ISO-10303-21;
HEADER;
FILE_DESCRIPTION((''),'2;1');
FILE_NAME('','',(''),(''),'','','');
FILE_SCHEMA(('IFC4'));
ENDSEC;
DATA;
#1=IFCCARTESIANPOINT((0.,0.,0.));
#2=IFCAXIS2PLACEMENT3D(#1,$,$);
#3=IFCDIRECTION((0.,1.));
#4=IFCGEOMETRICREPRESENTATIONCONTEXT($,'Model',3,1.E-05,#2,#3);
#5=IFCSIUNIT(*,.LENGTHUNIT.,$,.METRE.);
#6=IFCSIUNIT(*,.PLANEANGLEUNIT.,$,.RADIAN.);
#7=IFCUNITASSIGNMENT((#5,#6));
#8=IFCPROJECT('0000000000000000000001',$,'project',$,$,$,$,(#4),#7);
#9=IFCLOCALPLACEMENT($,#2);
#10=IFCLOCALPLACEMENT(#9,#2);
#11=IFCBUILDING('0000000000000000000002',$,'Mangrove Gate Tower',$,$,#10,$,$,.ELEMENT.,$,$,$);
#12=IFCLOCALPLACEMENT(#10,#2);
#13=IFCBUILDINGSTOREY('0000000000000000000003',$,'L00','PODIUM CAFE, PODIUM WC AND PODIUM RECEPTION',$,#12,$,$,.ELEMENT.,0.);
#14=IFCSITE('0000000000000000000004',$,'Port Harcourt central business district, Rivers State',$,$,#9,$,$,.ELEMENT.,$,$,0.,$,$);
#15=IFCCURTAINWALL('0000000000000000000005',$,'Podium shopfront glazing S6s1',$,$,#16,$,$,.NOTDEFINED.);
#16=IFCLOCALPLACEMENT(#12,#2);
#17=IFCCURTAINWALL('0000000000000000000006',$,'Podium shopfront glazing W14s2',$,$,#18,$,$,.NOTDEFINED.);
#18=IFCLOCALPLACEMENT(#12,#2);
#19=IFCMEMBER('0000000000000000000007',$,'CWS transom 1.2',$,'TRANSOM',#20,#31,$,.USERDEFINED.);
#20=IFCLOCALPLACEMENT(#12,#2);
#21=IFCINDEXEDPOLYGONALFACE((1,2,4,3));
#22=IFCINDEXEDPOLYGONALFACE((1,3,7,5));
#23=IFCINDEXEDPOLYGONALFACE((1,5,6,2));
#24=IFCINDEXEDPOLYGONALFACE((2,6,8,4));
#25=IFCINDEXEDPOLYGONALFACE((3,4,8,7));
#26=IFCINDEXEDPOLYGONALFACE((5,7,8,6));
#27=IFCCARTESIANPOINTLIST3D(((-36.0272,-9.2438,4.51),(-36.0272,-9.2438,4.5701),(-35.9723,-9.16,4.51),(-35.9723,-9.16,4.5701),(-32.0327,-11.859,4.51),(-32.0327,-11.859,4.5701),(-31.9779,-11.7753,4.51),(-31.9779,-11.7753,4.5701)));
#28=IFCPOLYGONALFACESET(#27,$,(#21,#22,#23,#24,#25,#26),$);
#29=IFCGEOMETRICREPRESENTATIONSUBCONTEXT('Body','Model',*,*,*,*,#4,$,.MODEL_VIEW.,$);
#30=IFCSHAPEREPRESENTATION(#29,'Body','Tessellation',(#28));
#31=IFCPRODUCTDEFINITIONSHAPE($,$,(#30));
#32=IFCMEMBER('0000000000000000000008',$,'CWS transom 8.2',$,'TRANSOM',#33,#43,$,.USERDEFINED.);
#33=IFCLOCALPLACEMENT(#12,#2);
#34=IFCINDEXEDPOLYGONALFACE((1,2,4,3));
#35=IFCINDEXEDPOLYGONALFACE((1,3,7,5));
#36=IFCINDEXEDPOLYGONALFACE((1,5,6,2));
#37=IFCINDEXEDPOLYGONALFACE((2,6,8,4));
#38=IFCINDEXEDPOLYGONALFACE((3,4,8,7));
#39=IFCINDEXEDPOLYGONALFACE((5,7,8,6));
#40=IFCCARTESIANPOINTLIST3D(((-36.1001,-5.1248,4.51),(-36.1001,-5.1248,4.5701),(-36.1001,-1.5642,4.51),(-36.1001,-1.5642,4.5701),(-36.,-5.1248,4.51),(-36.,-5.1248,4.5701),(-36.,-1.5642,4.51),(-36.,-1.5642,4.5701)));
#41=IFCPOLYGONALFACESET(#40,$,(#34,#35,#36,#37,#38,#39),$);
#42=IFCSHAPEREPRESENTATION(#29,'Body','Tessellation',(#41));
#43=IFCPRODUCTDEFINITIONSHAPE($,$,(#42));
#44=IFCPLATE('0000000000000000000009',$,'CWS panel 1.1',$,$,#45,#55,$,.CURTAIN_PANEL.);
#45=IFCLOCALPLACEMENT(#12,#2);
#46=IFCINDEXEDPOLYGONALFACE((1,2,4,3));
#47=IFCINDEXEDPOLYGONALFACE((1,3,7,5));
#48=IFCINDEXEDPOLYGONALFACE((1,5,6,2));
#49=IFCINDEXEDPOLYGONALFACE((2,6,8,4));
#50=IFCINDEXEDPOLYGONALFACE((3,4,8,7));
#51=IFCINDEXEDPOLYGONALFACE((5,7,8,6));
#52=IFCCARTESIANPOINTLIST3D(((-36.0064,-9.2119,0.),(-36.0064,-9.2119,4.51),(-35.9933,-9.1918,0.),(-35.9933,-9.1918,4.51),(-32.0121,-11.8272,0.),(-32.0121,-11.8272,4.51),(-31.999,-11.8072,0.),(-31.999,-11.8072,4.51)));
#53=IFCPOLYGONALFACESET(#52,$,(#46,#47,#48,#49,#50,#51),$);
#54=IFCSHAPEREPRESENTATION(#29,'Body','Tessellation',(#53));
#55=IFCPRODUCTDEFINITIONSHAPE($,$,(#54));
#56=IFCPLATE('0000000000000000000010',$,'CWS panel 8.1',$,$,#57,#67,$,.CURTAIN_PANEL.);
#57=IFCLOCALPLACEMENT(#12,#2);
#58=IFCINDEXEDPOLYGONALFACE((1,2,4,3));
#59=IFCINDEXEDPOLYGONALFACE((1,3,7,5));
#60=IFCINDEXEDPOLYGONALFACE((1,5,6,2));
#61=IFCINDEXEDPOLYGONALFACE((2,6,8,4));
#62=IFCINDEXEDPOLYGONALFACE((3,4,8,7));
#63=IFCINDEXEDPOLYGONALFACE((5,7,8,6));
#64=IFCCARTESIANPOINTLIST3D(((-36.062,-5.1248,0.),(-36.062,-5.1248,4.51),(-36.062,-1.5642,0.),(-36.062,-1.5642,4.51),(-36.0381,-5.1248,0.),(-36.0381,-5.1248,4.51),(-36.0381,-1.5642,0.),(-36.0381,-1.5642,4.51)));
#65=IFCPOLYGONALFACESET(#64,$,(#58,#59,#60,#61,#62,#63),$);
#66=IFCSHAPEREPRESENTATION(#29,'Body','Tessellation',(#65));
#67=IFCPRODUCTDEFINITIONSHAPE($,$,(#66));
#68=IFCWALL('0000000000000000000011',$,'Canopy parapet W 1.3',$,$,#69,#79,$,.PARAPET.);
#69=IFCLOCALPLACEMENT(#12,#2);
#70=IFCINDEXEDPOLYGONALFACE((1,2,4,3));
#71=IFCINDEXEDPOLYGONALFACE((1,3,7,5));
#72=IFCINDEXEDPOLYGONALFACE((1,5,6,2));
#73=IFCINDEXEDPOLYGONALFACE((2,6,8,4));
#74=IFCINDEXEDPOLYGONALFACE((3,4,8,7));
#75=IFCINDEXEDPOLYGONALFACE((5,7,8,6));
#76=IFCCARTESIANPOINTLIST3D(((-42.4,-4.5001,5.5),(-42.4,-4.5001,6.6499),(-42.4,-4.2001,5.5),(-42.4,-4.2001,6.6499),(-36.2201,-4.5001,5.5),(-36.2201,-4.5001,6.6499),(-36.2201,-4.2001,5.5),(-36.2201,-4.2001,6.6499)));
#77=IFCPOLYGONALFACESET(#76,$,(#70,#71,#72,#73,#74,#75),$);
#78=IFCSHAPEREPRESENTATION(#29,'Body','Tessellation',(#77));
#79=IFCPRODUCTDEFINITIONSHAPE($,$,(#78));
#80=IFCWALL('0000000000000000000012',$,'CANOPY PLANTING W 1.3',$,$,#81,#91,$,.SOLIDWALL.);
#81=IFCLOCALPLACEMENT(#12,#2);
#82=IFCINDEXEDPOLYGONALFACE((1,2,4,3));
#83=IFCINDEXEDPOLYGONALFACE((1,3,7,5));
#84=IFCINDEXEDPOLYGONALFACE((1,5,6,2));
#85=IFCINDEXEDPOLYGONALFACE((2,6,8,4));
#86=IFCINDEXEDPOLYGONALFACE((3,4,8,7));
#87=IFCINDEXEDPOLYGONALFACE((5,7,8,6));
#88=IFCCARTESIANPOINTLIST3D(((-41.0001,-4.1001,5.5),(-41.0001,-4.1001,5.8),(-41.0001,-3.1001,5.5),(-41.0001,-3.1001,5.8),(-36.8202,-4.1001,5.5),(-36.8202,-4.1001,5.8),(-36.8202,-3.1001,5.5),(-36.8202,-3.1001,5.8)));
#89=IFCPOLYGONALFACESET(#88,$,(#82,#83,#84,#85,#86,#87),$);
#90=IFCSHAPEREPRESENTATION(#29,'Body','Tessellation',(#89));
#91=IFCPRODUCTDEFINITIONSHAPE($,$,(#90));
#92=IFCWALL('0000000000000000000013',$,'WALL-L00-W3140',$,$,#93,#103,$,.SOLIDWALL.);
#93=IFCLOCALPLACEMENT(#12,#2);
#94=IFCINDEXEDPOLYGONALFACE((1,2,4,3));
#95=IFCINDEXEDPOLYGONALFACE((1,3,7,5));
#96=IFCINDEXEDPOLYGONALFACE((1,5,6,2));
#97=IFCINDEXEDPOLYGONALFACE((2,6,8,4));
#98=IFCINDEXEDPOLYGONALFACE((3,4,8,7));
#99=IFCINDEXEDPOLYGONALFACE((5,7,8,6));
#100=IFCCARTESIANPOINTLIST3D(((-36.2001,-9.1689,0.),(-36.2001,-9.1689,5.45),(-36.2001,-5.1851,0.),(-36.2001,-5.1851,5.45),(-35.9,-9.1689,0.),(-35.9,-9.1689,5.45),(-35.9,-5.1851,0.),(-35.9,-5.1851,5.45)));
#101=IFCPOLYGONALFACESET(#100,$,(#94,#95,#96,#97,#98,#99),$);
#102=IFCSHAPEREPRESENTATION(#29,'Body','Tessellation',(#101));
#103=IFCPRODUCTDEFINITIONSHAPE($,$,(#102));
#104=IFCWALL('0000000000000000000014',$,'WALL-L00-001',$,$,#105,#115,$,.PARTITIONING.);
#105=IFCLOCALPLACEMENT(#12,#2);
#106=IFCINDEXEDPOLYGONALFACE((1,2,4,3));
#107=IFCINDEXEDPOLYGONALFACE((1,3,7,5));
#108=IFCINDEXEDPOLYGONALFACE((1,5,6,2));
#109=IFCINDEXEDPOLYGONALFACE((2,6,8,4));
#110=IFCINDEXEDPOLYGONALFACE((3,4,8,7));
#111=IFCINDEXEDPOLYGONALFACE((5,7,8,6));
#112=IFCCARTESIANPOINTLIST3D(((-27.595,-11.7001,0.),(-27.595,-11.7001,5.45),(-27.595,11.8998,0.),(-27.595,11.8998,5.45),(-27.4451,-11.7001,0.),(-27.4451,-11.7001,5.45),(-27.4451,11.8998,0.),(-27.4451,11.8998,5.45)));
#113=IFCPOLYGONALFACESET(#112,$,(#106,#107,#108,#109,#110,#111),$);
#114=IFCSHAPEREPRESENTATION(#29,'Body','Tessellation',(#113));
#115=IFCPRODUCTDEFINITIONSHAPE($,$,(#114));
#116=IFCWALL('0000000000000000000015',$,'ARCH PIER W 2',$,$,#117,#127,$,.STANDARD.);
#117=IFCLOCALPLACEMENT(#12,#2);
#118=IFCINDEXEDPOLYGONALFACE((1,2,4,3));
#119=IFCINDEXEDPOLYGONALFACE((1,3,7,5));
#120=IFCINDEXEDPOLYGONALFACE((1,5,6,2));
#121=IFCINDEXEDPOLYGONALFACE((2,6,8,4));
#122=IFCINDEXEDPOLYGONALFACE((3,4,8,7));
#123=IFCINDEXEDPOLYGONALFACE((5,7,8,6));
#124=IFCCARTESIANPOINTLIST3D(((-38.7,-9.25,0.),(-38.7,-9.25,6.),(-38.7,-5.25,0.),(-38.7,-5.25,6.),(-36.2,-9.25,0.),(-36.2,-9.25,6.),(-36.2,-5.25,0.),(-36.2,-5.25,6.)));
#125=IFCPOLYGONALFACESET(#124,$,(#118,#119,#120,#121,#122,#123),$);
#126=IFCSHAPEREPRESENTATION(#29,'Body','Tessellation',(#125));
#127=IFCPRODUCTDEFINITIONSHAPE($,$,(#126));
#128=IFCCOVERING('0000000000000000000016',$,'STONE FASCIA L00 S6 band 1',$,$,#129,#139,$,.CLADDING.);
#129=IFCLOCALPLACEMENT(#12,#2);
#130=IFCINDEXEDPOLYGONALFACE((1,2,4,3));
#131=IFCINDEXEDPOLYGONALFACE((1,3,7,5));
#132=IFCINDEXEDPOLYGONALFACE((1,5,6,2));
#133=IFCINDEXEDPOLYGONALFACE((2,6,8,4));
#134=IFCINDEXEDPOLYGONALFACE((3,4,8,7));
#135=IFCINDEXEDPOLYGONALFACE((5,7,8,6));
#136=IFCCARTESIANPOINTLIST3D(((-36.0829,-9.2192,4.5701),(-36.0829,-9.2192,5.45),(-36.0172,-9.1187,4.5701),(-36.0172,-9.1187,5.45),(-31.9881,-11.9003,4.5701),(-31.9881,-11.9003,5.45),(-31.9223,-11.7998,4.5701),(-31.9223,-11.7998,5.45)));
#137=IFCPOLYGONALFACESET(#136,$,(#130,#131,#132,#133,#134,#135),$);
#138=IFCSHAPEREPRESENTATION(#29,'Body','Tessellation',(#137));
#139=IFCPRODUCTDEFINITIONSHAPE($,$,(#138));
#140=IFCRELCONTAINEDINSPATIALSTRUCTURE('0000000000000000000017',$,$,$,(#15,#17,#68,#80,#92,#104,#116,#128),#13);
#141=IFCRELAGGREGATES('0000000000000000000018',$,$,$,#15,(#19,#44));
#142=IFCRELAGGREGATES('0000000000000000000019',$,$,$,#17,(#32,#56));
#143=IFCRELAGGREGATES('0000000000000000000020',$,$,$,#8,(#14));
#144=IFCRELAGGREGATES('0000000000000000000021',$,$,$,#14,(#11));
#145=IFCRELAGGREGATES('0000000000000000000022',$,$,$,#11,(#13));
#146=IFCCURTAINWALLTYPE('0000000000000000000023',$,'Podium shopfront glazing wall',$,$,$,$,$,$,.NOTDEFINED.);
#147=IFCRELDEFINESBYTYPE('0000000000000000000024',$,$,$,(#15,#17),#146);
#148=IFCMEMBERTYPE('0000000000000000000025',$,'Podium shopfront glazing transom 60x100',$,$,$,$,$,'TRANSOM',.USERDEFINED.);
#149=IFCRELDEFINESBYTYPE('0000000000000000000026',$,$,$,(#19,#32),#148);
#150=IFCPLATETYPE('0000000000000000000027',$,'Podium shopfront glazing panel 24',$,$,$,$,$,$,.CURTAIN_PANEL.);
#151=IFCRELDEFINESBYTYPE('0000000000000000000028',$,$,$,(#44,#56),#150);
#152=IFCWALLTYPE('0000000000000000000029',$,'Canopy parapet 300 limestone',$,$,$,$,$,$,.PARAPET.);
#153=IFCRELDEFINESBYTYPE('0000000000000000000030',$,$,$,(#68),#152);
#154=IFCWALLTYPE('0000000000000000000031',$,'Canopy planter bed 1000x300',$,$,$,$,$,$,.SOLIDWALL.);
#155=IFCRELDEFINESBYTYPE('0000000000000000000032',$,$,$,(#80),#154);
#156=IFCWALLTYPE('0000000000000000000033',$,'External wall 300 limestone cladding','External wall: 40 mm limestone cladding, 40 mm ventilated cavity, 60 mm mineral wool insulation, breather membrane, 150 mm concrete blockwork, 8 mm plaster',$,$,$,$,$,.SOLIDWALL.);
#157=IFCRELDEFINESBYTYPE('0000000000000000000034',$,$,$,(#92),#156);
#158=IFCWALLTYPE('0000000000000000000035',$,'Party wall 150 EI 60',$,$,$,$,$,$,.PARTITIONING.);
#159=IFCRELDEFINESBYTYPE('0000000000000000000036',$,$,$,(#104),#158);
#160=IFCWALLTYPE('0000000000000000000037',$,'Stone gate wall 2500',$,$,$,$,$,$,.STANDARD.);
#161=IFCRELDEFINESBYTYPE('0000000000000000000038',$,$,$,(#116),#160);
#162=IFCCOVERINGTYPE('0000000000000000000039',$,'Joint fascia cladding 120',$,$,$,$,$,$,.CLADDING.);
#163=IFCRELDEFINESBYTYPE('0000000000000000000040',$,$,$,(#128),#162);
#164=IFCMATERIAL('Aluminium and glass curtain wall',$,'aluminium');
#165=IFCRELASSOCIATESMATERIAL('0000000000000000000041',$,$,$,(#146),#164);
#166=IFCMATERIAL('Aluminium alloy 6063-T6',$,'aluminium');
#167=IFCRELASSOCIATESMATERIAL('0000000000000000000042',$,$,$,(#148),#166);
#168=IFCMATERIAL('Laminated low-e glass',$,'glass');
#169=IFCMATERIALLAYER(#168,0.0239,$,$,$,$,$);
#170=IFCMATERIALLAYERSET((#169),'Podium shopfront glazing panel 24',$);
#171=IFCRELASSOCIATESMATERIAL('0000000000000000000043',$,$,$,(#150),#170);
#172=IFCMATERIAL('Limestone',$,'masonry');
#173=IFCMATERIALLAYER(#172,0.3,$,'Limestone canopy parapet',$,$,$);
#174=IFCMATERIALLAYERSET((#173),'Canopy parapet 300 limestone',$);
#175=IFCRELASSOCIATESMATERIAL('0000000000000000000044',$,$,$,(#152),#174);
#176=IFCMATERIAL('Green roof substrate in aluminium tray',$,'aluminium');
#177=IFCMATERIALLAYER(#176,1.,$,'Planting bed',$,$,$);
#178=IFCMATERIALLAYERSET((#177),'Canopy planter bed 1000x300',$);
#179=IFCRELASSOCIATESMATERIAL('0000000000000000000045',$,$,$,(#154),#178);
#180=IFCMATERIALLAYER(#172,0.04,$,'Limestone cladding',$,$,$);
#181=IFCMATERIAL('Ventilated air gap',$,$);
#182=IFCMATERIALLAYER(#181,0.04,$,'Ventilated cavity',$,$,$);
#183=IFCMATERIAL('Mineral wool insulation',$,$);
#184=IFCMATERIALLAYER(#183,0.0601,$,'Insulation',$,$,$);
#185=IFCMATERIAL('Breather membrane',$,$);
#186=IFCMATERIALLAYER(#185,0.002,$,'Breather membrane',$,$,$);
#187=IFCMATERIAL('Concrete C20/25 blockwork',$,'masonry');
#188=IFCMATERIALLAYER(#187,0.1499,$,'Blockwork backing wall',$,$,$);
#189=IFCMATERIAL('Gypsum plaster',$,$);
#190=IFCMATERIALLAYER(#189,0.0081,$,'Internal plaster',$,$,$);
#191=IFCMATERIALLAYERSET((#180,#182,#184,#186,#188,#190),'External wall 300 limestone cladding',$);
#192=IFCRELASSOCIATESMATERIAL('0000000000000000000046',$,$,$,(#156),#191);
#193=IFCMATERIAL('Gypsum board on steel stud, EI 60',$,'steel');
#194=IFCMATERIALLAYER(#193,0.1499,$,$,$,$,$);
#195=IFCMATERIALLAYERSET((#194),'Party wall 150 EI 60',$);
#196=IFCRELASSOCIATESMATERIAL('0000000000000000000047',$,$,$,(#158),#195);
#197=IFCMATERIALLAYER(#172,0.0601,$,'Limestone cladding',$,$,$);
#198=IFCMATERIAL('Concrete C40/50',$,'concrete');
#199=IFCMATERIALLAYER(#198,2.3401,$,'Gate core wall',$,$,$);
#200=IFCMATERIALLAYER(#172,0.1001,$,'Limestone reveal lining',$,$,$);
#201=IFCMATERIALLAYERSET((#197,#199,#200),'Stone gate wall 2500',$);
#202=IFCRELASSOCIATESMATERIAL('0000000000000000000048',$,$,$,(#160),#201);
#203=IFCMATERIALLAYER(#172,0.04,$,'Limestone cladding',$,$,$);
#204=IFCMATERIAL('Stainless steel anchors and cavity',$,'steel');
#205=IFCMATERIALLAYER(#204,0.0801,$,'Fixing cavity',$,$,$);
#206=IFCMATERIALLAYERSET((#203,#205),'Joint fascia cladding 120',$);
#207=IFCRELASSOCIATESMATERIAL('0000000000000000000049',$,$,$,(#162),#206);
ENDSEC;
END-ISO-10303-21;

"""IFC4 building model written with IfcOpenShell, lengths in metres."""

from ifc_helpers import new_model, si_unit, direction, frame, frame_2d, origin, origin_2d, place, context, subcontext, project, spatial, rectangle, extrude, material, layer, layer_set, material_profile, profile_set, type_object, element, aggregate, save


model = new_model("IFC4")

# Units and contexts
model_context = context("Model", 3, precision=1e-05, world=origin(), true_north=direction((0.0, 1.0)))
body_context = subcontext(model_context, "Body", "Model", "MODEL_VIEW")
ifc_project = project(units=[si_unit("LENGTHUNIT", "METRE"), si_unit("PLANEANGLEUNIT", "RADIAN")], contexts=[model_context])

# Site, building, storey
site_placement = place(None, origin())
site = spatial("IfcSite", under=ifc_project, at=site_placement, Name="Port Harcourt central business district, Rivers State", CompositionType="ELEMENT", RefElevation=0.0)
building_placement = place(site_placement, origin())
building = spatial("IfcBuilding", under=site, at=building_placement, Name="Mangrove Gate Tower", CompositionType="ELEMENT")
storey_placement = place(building_placement, origin())
storey = spatial("IfcBuildingStorey", under=building, at=storey_placement, Name="L00", Description="PODIUM CAFE, PODIUM WC AND PODIUM RECEPTION", CompositionType="ELEMENT", Elevation=0.0)

# Curtain wall
ifc_material_1 = material(Name="Aluminium and glass curtain wall", Category="aluminium")
curtain_wall_type = type_object("IfcCurtainWallType", Name="Podium shopfront glazing wall", PredefinedType="NOTDEFINED", material=ifc_material_1)
curtain_wall_1_placement = place(storey_placement, origin())
curtain_wall_1 = element("IfcCurtainWall", 1, at=curtain_wall_1_placement, inside=storey, type_object=curtain_wall_type, Name="Podium shopfront glazing S6s1", PredefinedType="NOTDEFINED")

# Curtain wall
curtain_wall_2_placement = place(storey_placement, origin())
curtain_wall_2 = element("IfcCurtainWall", 2, at=curtain_wall_2_placement, inside=storey, type_object=curtain_wall_type, Name="Podium shopfront glazing W14s2", PredefinedType="NOTDEFINED")

# Members
ifc_material_2 = material(Name="Aluminium alloy 6063-T6", Category="aluminium")
ifc_material_profile_1 = material_profile(ifc_material_2, rectangle(XDim=0.0601, YDim=0.1001, at=origin_2d()))
ifc_profile_set_1 = profile_set([ifc_material_profile_1], Name="Aluminium alloy 6063-T6")
member_type_1 = type_object("IfcMemberType", Name="Podium shopfront glazing transom 60x100", ElementType="TRANSOM", PredefinedType="USERDEFINED", material=ifc_profile_set_1)
member_1_placement = place(storey_placement, frame((-35.9998, -9.2019, 4.54), z_axis=(0.836632, -0.547766, 0.0), x_axis=(0.0, 0.0, 1.0)))
member_1 = element("IfcMember", 3, at=member_1_placement, type_object=member_type_1, Name="CWS transom 1.2", ObjectType="TRANSOM", PredefinedType="USERDEFINED", context=body_context, shape_type="SweptSolid", body=[
    extrude(rectangle(XDim=0.0601, YDim=0.1001, at=origin_2d()), origin(), (0.0, 0.0, 1.0), 4.7744),
])
member_2_placement = place(storey_placement, frame((-36.05, -1.5642, 4.54), z_axis=(0.0, -1.0, 0.0), x_axis=(0.0, 0.0, 1.0)))
member_2 = element("IfcMember", 4, at=member_2_placement, type_object=member_type_1, Name="CWS transom 8.2", ObjectType="TRANSOM", PredefinedType="USERDEFINED", context=body_context, shape_type="SweptSolid", body=[
    extrude(rectangle(XDim=0.0601, YDim=0.1001, at=origin_2d()), origin(), (0.0, 0.0, 1.0), 3.5605),
])

# Plates
ifc_material_3 = material(Name="Laminated low-e glass", Category="glass")
ifc_layer_1 = layer(ifc_material_3, 0.0239)
ifc_layer_set_1 = layer_set([ifc_layer_1], Name="Podium shopfront glazing panel 24")
plate_type = type_object("IfcPlateType", Name="Podium shopfront glazing panel 24", PredefinedType="CURTAIN_PANEL", material=ifc_layer_set_1)
plate_1_placement = place(storey_placement, frame((-34.0027, -10.5095, 0.0), z_axis=(0.0, 0.0, 1.0), x_axis=(0.836619, -0.547786, 0.0)))
plate_1 = element("IfcPlate", 5, at=plate_1_placement, type_object=plate_type, Name="CWS panel 1.1", PredefinedType="CURTAIN_PANEL", context=body_context, shape_type="SweptSolid", body=[
    extrude(rectangle(XDim=4.7744, YDim=0.0239, at=origin_2d()), origin(), (0.0, 0.0, 1.0), 4.51),
])
aggregate(curtain_wall_1, [member_1, plate_1])
plate_2_placement = place(storey_placement, frame((-36.05, -3.3445, 0.0), z_axis=(0.0, 0.0, 1.0), x_axis=(0.0, -1.0, 0.0)))
plate_2 = element("IfcPlate", 6, at=plate_2_placement, type_object=plate_type, Name="CWS panel 8.1", PredefinedType="CURTAIN_PANEL", context=body_context, shape_type="SweptSolid", body=[
    extrude(rectangle(XDim=3.5605, YDim=0.0239, at=origin_2d()), origin(), (0.0, 0.0, 1.0), 4.51),
])
aggregate(curtain_wall_2, [member_2, plate_2])

# Walls
ifc_material_4 = material(Name="Limestone", Category="masonry")
ifc_layer_2 = layer(ifc_material_4, 0.3, Name="Limestone canopy parapet")
ifc_layer_set_2 = layer_set([ifc_layer_2], Name="Canopy parapet 300 limestone")
wall_type_1 = type_object("IfcWallType", Name="Canopy parapet 300 limestone", PredefinedType="PARAPET", material=ifc_layer_set_2)
wall_1_placement = place(storey_placement, frame((-42.3999, -4.3501, 5.5), z_axis=(0.0, 0.0, 1.0), x_axis=(1.0, 0.0, 0.0)))
element("IfcWall", 7, at=wall_1_placement, inside=storey, type_object=wall_type_1, Name="Canopy parapet W 1.3", PredefinedType="PARAPET", context=body_context, shape_type="SweptSolid", body=[
    extrude(rectangle(XDim=6.1799, YDim=0.3, at=frame_2d((3.0898, 0.0))), origin(), (0.0, 0.0, 1.0), 1.1499),
])
ifc_material_5 = material(Name="Green roof substrate in aluminium tray", Category="aluminium")
ifc_layer_3 = layer(ifc_material_5, 1.0, Name="Planting bed")
ifc_layer_set_3 = layer_set([ifc_layer_3], Name="Canopy planter bed 1000x300")
wall_type_2 = type_object("IfcWallType", Name="Canopy planter bed 1000x300", PredefinedType="SOLIDWALL", material=ifc_layer_set_3)
wall_2_placement = place(storey_placement, frame((-41.0, -3.6001, 5.5), z_axis=(0.0, 0.0, 1.0), x_axis=(1.0, 0.0, 0.0)))
element("IfcWall", 8, at=wall_2_placement, inside=storey, type_object=wall_type_2, Name="CANOPY PLANTING W 1.3", PredefinedType="SOLIDWALL", context=body_context, shape_type="SweptSolid", body=[
    extrude(rectangle(XDim=4.1799, YDim=1.0, at=frame_2d((2.0898, 0.0))), origin(), (0.0, 0.0, 1.0), 0.3),
])
ifc_layer_4 = layer(ifc_material_4, 0.04, Name="Limestone cladding")
ifc_material_6 = material(Name="Ventilated air gap")
ifc_layer_5 = layer(ifc_material_6, 0.04, Name="Ventilated cavity")
ifc_material_7 = material(Name="Mineral wool insulation")
ifc_layer_6 = layer(ifc_material_7, 0.0601, Name="Insulation")
ifc_material_8 = material(Name="Breather membrane")
ifc_layer_7 = layer(ifc_material_8, 0.002, Name="Breather membrane")
ifc_material_9 = material(Name="Concrete C20/25 blockwork", Category="masonry")
ifc_layer_8 = layer(ifc_material_9, 0.1499, Name="Blockwork backing wall")
ifc_material_10 = material(Name="Gypsum plaster")
ifc_layer_9 = layer(ifc_material_10, 0.0081, Name="Internal plaster")
ifc_layer_set_4 = layer_set([ifc_layer_4, ifc_layer_5, ifc_layer_6, ifc_layer_7, ifc_layer_8, ifc_layer_9], Name="External wall 300 limestone cladding")
wall_type_3 = type_object("IfcWallType", Name="External wall 300 limestone cladding", Description="External wall: 40 mm limestone cladding, 40 mm ventilated cavity, 60 mm mineral wool insulation, breather membrane, 150 mm concrete blockwork, 8 mm plaster", PredefinedType="SOLIDWALL", material=ifc_layer_set_4)
wall_3_placement = place(storey_placement, frame((-36.05, -5.1851, 0.0), z_axis=(0.0, 0.0, 1.0), x_axis=(0.0, -1.0, 0.0)))
element("IfcWall", 9, at=wall_3_placement, inside=storey, type_object=wall_type_3, Name="WALL-L00-W3140", PredefinedType="SOLIDWALL", context=body_context, shape_type="SweptSolid", body=[
    extrude(rectangle(XDim=3.9839, YDim=0.3, at=frame_2d((1.9919, 0.0))), origin(), (0.0, 0.0, 1.0), 5.45),
])
ifc_material_11 = material(Name="Gypsum board on steel stud, EI 60", Category="steel")
ifc_layer_10 = layer(ifc_material_11, 0.1499)
ifc_layer_set_5 = layer_set([ifc_layer_10], Name="Party wall 150 EI 60")
wall_type_4 = type_object("IfcWallType", Name="Party wall 150 EI 60", PredefinedType="PARTITIONING", material=ifc_layer_set_5)
wall_4_placement = place(storey_placement, frame((-27.52, -11.7, 0.0), z_axis=(0.0, 0.0, 1.0), x_axis=(0.0, 1.0, 0.0)))
element("IfcWall", 10, at=wall_4_placement, inside=storey, type_object=wall_type_4, Name="WALL-L00-001", PredefinedType="PARTITIONING", context=body_context, shape_type="SweptSolid", body=[
    extrude(rectangle(XDim=23.5999, YDim=0.1499, at=frame_2d((11.7998, 0.0))), origin(), (0.0, 0.0, 1.0), 5.45),
])
ifc_layer_11 = layer(ifc_material_4, 0.0601, Name="Limestone cladding")
ifc_material_12 = material(Name="Concrete C40/50", Category="concrete")
ifc_layer_12 = layer(ifc_material_12, 2.3401, Name="Gate core wall")
ifc_layer_13 = layer(ifc_material_4, 0.1001, Name="Limestone reveal lining")
ifc_layer_set_6 = layer_set([ifc_layer_11, ifc_layer_12, ifc_layer_13], Name="Stone gate wall 2500")
wall_type_5 = type_object("IfcWallType", Name="Stone gate wall 2500", PredefinedType="STANDARD", material=ifc_layer_set_6)
wall_5_placement = place(storey_placement, frame((-37.45, -9.25, 0.0), z_axis=(0.0, 0.0, 1.0), x_axis=(0.0, 1.0, 0.0)))
element("IfcWall", 11, at=wall_5_placement, inside=storey, type_object=wall_type_5, Name="ARCH PIER W 2", PredefinedType="STANDARD", context=body_context, shape_type="SweptSolid", body=[
    extrude(rectangle(XDim=4.0, YDim=2.5, at=frame_2d((2.0, 0.0))), origin(), (0.0, 0.0, 1.0), 6.0),
])

# Covering
ifc_layer_14 = layer(ifc_material_4, 0.04, Name="Limestone cladding")
ifc_material_13 = material(Name="Stainless steel anchors and cavity", Category="steel")
ifc_layer_15 = layer(ifc_material_13, 0.0801, Name="Fixing cavity")
ifc_layer_set_7 = layer_set([ifc_layer_14, ifc_layer_15], Name="Joint fascia cladding 120")
covering_type = type_object("IfcCoveringType", Name="Joint fascia cladding 120", PredefinedType="CLADDING", material=ifc_layer_set_7)
covering_placement = place(storey_placement, frame((-36.05, -9.1689, 4.5701), z_axis=(0.0, 0.0, 1.0), x_axis=(0.836626, -0.547775, 0.0)))
element("IfcCovering", 12, at=covering_placement, inside=storey, type_object=covering_type, Name="STONE FASCIA L00 S6 band 1", PredefinedType="CLADDING", context=body_context, shape_type="SweptSolid", body=[
    extrude(rectangle(XDim=4.8945, YDim=0.1201, at=frame_2d((2.4473, 0.0))), origin(), (0.0, 0.0, 1.0), 0.8799),
])

save(model, "model.ifc")
